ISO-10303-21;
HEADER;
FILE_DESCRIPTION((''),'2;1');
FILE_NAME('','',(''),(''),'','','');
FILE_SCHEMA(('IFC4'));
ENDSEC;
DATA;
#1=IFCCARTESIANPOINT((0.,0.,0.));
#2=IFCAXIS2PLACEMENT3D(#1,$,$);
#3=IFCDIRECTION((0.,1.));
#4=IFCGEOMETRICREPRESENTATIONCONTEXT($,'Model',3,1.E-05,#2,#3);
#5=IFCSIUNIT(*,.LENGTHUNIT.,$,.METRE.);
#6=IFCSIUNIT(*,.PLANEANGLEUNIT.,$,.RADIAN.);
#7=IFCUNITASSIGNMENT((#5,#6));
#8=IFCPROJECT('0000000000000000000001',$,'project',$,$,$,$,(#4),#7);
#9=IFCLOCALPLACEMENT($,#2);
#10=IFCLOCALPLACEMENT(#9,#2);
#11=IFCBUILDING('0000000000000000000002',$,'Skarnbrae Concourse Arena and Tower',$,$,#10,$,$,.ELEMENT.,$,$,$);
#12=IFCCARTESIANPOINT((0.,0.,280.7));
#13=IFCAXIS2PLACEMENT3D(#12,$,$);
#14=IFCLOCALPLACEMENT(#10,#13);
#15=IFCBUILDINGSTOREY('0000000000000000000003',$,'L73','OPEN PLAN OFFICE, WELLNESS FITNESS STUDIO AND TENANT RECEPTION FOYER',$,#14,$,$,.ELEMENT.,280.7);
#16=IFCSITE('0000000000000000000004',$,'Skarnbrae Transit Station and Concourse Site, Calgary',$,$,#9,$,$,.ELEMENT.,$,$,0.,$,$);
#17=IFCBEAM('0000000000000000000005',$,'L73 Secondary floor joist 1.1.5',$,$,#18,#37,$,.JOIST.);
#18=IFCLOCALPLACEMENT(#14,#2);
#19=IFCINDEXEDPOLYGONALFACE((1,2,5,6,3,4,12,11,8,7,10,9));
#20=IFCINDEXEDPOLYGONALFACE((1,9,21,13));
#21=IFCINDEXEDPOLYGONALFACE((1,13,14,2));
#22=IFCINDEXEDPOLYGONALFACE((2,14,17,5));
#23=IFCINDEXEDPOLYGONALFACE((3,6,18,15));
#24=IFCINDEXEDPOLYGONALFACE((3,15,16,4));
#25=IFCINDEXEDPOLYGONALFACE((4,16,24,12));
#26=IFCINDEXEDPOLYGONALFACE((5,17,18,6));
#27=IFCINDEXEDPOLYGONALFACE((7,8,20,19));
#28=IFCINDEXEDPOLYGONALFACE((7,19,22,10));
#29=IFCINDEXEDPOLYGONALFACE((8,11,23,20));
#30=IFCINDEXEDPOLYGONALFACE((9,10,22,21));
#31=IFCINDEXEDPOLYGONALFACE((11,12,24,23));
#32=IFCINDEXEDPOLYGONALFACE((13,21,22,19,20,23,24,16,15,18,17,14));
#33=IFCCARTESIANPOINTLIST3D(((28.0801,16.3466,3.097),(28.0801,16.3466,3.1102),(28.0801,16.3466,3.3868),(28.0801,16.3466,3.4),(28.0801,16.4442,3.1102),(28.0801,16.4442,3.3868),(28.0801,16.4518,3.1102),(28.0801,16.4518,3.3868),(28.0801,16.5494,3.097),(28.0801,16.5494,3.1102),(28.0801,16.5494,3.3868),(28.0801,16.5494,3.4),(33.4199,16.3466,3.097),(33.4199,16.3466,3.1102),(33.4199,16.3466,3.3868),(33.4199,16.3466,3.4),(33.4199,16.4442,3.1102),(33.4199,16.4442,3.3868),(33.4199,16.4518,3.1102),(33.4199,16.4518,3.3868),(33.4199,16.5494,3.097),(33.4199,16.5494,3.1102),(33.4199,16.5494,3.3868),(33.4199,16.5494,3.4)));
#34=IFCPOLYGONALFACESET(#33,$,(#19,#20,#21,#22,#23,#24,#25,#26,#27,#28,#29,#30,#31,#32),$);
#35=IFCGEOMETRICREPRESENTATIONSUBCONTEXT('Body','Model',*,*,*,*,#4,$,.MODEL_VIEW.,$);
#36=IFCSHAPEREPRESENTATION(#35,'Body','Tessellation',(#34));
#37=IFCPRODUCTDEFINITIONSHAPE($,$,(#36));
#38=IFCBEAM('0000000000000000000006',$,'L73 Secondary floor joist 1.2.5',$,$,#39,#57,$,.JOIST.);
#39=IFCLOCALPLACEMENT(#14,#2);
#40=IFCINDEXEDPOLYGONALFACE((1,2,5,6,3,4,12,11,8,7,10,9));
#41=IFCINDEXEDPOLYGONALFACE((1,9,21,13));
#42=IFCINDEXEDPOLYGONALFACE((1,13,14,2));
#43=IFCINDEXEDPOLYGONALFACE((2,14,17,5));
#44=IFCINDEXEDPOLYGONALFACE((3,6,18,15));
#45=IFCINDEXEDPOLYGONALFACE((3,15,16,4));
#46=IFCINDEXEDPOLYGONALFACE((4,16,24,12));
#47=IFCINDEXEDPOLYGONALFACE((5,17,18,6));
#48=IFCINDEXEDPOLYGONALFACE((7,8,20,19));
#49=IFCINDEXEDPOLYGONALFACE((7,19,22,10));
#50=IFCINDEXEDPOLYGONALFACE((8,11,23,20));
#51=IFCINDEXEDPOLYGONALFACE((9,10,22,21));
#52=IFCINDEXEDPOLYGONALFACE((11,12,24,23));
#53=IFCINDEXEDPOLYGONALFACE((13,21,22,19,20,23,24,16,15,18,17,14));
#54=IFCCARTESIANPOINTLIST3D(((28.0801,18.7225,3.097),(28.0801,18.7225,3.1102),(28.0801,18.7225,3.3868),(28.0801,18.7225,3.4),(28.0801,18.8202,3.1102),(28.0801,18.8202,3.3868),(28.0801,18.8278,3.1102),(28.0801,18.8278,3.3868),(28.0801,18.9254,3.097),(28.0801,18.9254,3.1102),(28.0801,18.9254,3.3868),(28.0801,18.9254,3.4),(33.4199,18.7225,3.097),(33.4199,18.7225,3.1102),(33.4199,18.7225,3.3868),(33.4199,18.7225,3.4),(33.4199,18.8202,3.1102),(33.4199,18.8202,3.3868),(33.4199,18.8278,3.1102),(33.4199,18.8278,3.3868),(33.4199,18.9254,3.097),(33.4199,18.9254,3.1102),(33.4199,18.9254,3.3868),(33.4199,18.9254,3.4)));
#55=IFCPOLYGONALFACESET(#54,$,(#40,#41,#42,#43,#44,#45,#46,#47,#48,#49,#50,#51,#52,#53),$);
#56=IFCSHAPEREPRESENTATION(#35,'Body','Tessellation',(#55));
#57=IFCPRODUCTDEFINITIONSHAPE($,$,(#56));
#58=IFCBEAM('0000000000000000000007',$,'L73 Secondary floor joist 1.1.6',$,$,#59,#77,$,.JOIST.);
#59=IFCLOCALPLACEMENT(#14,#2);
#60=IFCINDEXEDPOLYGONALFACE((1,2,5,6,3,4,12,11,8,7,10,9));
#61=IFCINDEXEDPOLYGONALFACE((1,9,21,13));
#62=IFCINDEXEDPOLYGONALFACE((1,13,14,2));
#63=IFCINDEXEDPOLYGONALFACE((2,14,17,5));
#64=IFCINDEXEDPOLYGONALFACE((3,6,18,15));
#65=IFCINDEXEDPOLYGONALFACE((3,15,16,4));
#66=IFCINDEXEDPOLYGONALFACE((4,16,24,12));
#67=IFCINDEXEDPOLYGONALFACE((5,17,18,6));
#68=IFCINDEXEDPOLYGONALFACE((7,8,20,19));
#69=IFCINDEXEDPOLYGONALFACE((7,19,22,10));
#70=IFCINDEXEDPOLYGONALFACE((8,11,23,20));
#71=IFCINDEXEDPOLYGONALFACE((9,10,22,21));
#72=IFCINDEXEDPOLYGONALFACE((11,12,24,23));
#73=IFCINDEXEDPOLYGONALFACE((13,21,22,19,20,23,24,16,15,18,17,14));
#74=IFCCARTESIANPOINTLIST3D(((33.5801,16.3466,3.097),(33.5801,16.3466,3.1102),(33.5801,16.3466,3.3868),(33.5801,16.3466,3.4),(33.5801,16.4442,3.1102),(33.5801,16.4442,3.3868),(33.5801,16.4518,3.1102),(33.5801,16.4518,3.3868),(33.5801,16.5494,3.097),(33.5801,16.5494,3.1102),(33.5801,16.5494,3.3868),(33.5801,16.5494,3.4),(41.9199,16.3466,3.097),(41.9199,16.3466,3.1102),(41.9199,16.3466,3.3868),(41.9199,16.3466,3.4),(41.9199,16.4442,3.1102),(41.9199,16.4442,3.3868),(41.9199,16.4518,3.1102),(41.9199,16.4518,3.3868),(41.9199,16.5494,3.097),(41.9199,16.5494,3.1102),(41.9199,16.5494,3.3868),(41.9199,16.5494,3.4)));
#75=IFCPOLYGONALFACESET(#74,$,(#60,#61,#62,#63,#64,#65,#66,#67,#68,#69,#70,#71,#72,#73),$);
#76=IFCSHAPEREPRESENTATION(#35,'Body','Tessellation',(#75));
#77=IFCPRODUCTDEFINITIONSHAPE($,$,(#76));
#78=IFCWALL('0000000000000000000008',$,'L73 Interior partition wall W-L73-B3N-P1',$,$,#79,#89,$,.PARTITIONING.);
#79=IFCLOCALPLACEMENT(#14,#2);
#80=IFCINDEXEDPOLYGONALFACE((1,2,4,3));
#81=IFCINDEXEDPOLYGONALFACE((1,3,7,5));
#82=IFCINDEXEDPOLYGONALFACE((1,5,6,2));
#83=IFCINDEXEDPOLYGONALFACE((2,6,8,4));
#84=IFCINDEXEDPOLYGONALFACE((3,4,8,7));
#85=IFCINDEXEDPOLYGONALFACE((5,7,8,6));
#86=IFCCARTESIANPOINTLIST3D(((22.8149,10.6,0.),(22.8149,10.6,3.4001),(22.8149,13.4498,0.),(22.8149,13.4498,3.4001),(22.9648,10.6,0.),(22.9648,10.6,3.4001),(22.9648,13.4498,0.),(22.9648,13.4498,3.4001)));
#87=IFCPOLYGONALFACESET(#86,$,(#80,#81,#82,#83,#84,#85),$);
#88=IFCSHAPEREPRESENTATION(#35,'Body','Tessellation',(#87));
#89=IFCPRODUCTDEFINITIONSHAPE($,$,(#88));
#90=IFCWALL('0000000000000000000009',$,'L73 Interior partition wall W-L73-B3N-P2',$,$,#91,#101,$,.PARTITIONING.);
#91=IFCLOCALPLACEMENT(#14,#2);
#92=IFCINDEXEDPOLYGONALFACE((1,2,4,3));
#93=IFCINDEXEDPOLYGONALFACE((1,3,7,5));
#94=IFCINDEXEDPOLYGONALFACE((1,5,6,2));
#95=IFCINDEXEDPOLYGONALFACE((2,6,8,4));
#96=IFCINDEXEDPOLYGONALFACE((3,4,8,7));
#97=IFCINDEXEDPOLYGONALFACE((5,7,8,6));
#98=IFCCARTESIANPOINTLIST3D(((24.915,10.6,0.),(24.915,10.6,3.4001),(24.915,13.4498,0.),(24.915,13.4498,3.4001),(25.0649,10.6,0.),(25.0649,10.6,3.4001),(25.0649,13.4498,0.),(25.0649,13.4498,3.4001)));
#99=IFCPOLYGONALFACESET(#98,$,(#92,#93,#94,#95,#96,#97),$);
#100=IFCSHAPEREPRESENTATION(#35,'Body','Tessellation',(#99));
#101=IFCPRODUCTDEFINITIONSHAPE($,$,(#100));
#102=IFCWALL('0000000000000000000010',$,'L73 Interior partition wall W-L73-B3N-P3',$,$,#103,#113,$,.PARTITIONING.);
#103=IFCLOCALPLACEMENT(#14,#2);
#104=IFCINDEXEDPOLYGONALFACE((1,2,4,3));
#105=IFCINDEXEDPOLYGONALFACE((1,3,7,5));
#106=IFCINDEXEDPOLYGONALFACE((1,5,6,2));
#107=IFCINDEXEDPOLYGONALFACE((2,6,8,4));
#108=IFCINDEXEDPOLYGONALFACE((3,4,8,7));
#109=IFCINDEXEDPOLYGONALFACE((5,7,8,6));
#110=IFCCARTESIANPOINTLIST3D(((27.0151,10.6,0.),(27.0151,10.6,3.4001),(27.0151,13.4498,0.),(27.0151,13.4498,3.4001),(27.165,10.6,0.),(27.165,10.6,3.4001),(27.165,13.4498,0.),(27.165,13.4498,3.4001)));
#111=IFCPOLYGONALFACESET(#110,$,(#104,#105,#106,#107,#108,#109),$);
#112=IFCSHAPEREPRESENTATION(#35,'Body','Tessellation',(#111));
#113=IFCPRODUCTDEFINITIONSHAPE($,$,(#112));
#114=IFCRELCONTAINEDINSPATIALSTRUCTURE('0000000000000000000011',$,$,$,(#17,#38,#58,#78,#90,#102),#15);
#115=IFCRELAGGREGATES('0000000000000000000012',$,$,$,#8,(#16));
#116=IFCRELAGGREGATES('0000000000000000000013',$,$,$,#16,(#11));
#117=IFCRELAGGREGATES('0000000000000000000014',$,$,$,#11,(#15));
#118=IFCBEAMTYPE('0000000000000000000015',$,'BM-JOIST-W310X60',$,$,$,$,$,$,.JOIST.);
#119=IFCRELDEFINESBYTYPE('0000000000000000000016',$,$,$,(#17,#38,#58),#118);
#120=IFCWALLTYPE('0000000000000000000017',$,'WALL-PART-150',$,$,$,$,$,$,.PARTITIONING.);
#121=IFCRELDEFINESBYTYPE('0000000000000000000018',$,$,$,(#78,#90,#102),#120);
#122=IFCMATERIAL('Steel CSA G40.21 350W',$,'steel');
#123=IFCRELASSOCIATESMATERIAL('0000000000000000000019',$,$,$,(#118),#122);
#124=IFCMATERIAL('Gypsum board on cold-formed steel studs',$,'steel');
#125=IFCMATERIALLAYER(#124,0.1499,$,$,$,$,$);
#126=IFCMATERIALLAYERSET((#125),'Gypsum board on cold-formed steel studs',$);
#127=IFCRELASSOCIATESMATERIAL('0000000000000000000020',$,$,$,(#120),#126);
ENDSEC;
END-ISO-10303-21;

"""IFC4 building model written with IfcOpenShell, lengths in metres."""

from ifc_helpers import new_model, si_unit, direction, frame, frame_2d, origin, origin_2d, place, context, subcontext, project, spatial, rectangle, i_section, extrude, source, transform, mapped, material, layer, layer_set, material_profile, profile_set, type_object, element, save


model = new_model("IFC4")

# Units and contexts
model_context = context("Model", 3, precision=1e-05, world=origin(), true_north=direction((0.0, 1.0)))
body_context = subcontext(model_context, "Body", "Model", "MODEL_VIEW")
ifc_project = project(units=[si_unit("LENGTHUNIT", "METRE"), si_unit("PLANEANGLEUNIT", "RADIAN")], contexts=[model_context])

# Site, building, storey
site_placement = place(None, origin())
site = spatial("IfcSite", under=ifc_project, at=site_placement, Name="Skarnbrae Transit Station and Concourse Site, Calgary", CompositionType="ELEMENT", RefElevation=0.0)
building_placement = place(site_placement, origin())
building = spatial("IfcBuilding", under=site, at=building_placement, Name="Skarnbrae Concourse Arena and Tower", CompositionType="ELEMENT")
storey_placement = place(building_placement, frame((0.0, 0.0, 280.7)))
storey = spatial("IfcBuildingStorey", under=building, at=storey_placement, Name="L73", Description="OPEN PLAN OFFICE, WELLNESS FITNESS STUDIO AND TENANT RECEPTION FOYER", CompositionType="ELEMENT", Elevation=280.7)

# Shared definitions
ifc_material_1 = material(Name="Steel CSA G40.21 350W", Category="steel")

# Beams
ifc_material_profile_1 = material_profile(ifc_material_1, i_section(OverallWidth=0.2029, OverallDepth=0.303, WebThickness=0.0076, FlangeThickness=0.0132, at=origin_2d()), Name="W310X60")
ifc_profile_set_1 = profile_set([ifc_material_profile_1], Name="Steel CSA G40.21 350W")
beam_type_1 = type_object("IfcBeamType", Name="BM-JOIST-W310X60", PredefinedType="JOIST", material=ifc_profile_set_1)
shared_shape_1 = source(origin(), body_context, "Body", "SweptSolid", [
    extrude(i_section(OverallWidth=0.2029, OverallDepth=0.303, WebThickness=0.0076, FlangeThickness=0.0132, at=origin_2d()), origin(), (0.0, 0.0, 1.0), 5.3398),
])
for number, where, z_axis, x_axis, name in (
    (1, (28.0801, 16.448, 3.2485), (1.0, 0.0, 0.0), (0.0, 1.0, 0.0), "L73 Secondary floor joist 1.1.5"),
    (2, (28.0801, 18.824, 3.2485), (1.0, 0.0, 0.0), (0.0, 1.0, 0.0), "L73 Secondary floor joist 1.2.5"),
):
    element("IfcBeam", number, at=place(storey_placement, frame(where, z_axis=z_axis, x_axis=x_axis)), inside=storey, type_object=beam_type_1, Name=name, PredefinedType="JOIST", context=body_context, shape_type="MappedRepresentation", body=[
        mapped(shared_shape_1, transform((0.0, 0.0, 0.0))),
    ])
shared_shape_2 = source(origin(), body_context, "Body", "SweptSolid", [
    extrude(i_section(OverallWidth=0.2029, OverallDepth=0.303, WebThickness=0.0076, FlangeThickness=0.0132, at=origin_2d()), origin(), (0.0, 0.0, 1.0), 8.3398),
])
beam_1_placement = place(storey_placement, frame((33.5801, 16.448, 3.2485), z_axis=(1.0, 0.0, 0.0), x_axis=(0.0, 1.0, 0.0)))
element("IfcBeam", 3, at=beam_1_placement, inside=storey, type_object=beam_type_1, Name="L73 Secondary floor joist 1.1.6", PredefinedType="JOIST", context=body_context, shape_type="MappedRepresentation", body=[
    mapped(shared_shape_2, transform((0.0, 0.0, 0.0))),
])

# Walls
ifc_material_2 = material(Name="Gypsum board on cold-formed steel studs", Category="steel")
ifc_layer_1 = layer(ifc_material_2, 0.1499)
ifc_layer_set_1 = layer_set([ifc_layer_1], Name="Gypsum board on cold-formed steel studs")
wall_type_1 = type_object("IfcWallType", Name="WALL-PART-150", PredefinedType="PARTITIONING", material=ifc_layer_set_1)
shared_shape_3 = source(origin(), body_context, "Body", "SweptSolid", [
    extrude(rectangle(XDim=2.8499, YDim=0.1499, at=frame_2d((1.4248, 0.0))), origin(), (0.0, 0.0, 1.0), 3.4001),
])
for number, where, z_axis, x_axis, name in (
    (4, (22.8899, 10.6001, 0.0), (0.0, 0.0, 1.0), (0.0, 1.0, 0.0), "L73 Interior partition wall W-L73-B3N-P1"),
    (5, (24.99, 10.6001, 0.0), (0.0, 0.0, 1.0), (0.0, 1.0, 0.0), "L73 Interior partition wall W-L73-B3N-P2"),
    (6, (27.0901, 10.6001, 0.0), (0.0, 0.0, 1.0), (0.0, 1.0, 0.0), "L73 Interior partition wall W-L73-B3N-P3"),
):
    element("IfcWall", number, at=place(storey_placement, frame(where, z_axis=z_axis, x_axis=x_axis)), inside=storey, type_object=wall_type_1, Name=name, PredefinedType="PARTITIONING", context=body_context, shape_type="MappedRepresentation", body=[
        mapped(shared_shape_3, transform((0.0, 0.0, 0.0))),
    ])

save(model, "model.ifc")
